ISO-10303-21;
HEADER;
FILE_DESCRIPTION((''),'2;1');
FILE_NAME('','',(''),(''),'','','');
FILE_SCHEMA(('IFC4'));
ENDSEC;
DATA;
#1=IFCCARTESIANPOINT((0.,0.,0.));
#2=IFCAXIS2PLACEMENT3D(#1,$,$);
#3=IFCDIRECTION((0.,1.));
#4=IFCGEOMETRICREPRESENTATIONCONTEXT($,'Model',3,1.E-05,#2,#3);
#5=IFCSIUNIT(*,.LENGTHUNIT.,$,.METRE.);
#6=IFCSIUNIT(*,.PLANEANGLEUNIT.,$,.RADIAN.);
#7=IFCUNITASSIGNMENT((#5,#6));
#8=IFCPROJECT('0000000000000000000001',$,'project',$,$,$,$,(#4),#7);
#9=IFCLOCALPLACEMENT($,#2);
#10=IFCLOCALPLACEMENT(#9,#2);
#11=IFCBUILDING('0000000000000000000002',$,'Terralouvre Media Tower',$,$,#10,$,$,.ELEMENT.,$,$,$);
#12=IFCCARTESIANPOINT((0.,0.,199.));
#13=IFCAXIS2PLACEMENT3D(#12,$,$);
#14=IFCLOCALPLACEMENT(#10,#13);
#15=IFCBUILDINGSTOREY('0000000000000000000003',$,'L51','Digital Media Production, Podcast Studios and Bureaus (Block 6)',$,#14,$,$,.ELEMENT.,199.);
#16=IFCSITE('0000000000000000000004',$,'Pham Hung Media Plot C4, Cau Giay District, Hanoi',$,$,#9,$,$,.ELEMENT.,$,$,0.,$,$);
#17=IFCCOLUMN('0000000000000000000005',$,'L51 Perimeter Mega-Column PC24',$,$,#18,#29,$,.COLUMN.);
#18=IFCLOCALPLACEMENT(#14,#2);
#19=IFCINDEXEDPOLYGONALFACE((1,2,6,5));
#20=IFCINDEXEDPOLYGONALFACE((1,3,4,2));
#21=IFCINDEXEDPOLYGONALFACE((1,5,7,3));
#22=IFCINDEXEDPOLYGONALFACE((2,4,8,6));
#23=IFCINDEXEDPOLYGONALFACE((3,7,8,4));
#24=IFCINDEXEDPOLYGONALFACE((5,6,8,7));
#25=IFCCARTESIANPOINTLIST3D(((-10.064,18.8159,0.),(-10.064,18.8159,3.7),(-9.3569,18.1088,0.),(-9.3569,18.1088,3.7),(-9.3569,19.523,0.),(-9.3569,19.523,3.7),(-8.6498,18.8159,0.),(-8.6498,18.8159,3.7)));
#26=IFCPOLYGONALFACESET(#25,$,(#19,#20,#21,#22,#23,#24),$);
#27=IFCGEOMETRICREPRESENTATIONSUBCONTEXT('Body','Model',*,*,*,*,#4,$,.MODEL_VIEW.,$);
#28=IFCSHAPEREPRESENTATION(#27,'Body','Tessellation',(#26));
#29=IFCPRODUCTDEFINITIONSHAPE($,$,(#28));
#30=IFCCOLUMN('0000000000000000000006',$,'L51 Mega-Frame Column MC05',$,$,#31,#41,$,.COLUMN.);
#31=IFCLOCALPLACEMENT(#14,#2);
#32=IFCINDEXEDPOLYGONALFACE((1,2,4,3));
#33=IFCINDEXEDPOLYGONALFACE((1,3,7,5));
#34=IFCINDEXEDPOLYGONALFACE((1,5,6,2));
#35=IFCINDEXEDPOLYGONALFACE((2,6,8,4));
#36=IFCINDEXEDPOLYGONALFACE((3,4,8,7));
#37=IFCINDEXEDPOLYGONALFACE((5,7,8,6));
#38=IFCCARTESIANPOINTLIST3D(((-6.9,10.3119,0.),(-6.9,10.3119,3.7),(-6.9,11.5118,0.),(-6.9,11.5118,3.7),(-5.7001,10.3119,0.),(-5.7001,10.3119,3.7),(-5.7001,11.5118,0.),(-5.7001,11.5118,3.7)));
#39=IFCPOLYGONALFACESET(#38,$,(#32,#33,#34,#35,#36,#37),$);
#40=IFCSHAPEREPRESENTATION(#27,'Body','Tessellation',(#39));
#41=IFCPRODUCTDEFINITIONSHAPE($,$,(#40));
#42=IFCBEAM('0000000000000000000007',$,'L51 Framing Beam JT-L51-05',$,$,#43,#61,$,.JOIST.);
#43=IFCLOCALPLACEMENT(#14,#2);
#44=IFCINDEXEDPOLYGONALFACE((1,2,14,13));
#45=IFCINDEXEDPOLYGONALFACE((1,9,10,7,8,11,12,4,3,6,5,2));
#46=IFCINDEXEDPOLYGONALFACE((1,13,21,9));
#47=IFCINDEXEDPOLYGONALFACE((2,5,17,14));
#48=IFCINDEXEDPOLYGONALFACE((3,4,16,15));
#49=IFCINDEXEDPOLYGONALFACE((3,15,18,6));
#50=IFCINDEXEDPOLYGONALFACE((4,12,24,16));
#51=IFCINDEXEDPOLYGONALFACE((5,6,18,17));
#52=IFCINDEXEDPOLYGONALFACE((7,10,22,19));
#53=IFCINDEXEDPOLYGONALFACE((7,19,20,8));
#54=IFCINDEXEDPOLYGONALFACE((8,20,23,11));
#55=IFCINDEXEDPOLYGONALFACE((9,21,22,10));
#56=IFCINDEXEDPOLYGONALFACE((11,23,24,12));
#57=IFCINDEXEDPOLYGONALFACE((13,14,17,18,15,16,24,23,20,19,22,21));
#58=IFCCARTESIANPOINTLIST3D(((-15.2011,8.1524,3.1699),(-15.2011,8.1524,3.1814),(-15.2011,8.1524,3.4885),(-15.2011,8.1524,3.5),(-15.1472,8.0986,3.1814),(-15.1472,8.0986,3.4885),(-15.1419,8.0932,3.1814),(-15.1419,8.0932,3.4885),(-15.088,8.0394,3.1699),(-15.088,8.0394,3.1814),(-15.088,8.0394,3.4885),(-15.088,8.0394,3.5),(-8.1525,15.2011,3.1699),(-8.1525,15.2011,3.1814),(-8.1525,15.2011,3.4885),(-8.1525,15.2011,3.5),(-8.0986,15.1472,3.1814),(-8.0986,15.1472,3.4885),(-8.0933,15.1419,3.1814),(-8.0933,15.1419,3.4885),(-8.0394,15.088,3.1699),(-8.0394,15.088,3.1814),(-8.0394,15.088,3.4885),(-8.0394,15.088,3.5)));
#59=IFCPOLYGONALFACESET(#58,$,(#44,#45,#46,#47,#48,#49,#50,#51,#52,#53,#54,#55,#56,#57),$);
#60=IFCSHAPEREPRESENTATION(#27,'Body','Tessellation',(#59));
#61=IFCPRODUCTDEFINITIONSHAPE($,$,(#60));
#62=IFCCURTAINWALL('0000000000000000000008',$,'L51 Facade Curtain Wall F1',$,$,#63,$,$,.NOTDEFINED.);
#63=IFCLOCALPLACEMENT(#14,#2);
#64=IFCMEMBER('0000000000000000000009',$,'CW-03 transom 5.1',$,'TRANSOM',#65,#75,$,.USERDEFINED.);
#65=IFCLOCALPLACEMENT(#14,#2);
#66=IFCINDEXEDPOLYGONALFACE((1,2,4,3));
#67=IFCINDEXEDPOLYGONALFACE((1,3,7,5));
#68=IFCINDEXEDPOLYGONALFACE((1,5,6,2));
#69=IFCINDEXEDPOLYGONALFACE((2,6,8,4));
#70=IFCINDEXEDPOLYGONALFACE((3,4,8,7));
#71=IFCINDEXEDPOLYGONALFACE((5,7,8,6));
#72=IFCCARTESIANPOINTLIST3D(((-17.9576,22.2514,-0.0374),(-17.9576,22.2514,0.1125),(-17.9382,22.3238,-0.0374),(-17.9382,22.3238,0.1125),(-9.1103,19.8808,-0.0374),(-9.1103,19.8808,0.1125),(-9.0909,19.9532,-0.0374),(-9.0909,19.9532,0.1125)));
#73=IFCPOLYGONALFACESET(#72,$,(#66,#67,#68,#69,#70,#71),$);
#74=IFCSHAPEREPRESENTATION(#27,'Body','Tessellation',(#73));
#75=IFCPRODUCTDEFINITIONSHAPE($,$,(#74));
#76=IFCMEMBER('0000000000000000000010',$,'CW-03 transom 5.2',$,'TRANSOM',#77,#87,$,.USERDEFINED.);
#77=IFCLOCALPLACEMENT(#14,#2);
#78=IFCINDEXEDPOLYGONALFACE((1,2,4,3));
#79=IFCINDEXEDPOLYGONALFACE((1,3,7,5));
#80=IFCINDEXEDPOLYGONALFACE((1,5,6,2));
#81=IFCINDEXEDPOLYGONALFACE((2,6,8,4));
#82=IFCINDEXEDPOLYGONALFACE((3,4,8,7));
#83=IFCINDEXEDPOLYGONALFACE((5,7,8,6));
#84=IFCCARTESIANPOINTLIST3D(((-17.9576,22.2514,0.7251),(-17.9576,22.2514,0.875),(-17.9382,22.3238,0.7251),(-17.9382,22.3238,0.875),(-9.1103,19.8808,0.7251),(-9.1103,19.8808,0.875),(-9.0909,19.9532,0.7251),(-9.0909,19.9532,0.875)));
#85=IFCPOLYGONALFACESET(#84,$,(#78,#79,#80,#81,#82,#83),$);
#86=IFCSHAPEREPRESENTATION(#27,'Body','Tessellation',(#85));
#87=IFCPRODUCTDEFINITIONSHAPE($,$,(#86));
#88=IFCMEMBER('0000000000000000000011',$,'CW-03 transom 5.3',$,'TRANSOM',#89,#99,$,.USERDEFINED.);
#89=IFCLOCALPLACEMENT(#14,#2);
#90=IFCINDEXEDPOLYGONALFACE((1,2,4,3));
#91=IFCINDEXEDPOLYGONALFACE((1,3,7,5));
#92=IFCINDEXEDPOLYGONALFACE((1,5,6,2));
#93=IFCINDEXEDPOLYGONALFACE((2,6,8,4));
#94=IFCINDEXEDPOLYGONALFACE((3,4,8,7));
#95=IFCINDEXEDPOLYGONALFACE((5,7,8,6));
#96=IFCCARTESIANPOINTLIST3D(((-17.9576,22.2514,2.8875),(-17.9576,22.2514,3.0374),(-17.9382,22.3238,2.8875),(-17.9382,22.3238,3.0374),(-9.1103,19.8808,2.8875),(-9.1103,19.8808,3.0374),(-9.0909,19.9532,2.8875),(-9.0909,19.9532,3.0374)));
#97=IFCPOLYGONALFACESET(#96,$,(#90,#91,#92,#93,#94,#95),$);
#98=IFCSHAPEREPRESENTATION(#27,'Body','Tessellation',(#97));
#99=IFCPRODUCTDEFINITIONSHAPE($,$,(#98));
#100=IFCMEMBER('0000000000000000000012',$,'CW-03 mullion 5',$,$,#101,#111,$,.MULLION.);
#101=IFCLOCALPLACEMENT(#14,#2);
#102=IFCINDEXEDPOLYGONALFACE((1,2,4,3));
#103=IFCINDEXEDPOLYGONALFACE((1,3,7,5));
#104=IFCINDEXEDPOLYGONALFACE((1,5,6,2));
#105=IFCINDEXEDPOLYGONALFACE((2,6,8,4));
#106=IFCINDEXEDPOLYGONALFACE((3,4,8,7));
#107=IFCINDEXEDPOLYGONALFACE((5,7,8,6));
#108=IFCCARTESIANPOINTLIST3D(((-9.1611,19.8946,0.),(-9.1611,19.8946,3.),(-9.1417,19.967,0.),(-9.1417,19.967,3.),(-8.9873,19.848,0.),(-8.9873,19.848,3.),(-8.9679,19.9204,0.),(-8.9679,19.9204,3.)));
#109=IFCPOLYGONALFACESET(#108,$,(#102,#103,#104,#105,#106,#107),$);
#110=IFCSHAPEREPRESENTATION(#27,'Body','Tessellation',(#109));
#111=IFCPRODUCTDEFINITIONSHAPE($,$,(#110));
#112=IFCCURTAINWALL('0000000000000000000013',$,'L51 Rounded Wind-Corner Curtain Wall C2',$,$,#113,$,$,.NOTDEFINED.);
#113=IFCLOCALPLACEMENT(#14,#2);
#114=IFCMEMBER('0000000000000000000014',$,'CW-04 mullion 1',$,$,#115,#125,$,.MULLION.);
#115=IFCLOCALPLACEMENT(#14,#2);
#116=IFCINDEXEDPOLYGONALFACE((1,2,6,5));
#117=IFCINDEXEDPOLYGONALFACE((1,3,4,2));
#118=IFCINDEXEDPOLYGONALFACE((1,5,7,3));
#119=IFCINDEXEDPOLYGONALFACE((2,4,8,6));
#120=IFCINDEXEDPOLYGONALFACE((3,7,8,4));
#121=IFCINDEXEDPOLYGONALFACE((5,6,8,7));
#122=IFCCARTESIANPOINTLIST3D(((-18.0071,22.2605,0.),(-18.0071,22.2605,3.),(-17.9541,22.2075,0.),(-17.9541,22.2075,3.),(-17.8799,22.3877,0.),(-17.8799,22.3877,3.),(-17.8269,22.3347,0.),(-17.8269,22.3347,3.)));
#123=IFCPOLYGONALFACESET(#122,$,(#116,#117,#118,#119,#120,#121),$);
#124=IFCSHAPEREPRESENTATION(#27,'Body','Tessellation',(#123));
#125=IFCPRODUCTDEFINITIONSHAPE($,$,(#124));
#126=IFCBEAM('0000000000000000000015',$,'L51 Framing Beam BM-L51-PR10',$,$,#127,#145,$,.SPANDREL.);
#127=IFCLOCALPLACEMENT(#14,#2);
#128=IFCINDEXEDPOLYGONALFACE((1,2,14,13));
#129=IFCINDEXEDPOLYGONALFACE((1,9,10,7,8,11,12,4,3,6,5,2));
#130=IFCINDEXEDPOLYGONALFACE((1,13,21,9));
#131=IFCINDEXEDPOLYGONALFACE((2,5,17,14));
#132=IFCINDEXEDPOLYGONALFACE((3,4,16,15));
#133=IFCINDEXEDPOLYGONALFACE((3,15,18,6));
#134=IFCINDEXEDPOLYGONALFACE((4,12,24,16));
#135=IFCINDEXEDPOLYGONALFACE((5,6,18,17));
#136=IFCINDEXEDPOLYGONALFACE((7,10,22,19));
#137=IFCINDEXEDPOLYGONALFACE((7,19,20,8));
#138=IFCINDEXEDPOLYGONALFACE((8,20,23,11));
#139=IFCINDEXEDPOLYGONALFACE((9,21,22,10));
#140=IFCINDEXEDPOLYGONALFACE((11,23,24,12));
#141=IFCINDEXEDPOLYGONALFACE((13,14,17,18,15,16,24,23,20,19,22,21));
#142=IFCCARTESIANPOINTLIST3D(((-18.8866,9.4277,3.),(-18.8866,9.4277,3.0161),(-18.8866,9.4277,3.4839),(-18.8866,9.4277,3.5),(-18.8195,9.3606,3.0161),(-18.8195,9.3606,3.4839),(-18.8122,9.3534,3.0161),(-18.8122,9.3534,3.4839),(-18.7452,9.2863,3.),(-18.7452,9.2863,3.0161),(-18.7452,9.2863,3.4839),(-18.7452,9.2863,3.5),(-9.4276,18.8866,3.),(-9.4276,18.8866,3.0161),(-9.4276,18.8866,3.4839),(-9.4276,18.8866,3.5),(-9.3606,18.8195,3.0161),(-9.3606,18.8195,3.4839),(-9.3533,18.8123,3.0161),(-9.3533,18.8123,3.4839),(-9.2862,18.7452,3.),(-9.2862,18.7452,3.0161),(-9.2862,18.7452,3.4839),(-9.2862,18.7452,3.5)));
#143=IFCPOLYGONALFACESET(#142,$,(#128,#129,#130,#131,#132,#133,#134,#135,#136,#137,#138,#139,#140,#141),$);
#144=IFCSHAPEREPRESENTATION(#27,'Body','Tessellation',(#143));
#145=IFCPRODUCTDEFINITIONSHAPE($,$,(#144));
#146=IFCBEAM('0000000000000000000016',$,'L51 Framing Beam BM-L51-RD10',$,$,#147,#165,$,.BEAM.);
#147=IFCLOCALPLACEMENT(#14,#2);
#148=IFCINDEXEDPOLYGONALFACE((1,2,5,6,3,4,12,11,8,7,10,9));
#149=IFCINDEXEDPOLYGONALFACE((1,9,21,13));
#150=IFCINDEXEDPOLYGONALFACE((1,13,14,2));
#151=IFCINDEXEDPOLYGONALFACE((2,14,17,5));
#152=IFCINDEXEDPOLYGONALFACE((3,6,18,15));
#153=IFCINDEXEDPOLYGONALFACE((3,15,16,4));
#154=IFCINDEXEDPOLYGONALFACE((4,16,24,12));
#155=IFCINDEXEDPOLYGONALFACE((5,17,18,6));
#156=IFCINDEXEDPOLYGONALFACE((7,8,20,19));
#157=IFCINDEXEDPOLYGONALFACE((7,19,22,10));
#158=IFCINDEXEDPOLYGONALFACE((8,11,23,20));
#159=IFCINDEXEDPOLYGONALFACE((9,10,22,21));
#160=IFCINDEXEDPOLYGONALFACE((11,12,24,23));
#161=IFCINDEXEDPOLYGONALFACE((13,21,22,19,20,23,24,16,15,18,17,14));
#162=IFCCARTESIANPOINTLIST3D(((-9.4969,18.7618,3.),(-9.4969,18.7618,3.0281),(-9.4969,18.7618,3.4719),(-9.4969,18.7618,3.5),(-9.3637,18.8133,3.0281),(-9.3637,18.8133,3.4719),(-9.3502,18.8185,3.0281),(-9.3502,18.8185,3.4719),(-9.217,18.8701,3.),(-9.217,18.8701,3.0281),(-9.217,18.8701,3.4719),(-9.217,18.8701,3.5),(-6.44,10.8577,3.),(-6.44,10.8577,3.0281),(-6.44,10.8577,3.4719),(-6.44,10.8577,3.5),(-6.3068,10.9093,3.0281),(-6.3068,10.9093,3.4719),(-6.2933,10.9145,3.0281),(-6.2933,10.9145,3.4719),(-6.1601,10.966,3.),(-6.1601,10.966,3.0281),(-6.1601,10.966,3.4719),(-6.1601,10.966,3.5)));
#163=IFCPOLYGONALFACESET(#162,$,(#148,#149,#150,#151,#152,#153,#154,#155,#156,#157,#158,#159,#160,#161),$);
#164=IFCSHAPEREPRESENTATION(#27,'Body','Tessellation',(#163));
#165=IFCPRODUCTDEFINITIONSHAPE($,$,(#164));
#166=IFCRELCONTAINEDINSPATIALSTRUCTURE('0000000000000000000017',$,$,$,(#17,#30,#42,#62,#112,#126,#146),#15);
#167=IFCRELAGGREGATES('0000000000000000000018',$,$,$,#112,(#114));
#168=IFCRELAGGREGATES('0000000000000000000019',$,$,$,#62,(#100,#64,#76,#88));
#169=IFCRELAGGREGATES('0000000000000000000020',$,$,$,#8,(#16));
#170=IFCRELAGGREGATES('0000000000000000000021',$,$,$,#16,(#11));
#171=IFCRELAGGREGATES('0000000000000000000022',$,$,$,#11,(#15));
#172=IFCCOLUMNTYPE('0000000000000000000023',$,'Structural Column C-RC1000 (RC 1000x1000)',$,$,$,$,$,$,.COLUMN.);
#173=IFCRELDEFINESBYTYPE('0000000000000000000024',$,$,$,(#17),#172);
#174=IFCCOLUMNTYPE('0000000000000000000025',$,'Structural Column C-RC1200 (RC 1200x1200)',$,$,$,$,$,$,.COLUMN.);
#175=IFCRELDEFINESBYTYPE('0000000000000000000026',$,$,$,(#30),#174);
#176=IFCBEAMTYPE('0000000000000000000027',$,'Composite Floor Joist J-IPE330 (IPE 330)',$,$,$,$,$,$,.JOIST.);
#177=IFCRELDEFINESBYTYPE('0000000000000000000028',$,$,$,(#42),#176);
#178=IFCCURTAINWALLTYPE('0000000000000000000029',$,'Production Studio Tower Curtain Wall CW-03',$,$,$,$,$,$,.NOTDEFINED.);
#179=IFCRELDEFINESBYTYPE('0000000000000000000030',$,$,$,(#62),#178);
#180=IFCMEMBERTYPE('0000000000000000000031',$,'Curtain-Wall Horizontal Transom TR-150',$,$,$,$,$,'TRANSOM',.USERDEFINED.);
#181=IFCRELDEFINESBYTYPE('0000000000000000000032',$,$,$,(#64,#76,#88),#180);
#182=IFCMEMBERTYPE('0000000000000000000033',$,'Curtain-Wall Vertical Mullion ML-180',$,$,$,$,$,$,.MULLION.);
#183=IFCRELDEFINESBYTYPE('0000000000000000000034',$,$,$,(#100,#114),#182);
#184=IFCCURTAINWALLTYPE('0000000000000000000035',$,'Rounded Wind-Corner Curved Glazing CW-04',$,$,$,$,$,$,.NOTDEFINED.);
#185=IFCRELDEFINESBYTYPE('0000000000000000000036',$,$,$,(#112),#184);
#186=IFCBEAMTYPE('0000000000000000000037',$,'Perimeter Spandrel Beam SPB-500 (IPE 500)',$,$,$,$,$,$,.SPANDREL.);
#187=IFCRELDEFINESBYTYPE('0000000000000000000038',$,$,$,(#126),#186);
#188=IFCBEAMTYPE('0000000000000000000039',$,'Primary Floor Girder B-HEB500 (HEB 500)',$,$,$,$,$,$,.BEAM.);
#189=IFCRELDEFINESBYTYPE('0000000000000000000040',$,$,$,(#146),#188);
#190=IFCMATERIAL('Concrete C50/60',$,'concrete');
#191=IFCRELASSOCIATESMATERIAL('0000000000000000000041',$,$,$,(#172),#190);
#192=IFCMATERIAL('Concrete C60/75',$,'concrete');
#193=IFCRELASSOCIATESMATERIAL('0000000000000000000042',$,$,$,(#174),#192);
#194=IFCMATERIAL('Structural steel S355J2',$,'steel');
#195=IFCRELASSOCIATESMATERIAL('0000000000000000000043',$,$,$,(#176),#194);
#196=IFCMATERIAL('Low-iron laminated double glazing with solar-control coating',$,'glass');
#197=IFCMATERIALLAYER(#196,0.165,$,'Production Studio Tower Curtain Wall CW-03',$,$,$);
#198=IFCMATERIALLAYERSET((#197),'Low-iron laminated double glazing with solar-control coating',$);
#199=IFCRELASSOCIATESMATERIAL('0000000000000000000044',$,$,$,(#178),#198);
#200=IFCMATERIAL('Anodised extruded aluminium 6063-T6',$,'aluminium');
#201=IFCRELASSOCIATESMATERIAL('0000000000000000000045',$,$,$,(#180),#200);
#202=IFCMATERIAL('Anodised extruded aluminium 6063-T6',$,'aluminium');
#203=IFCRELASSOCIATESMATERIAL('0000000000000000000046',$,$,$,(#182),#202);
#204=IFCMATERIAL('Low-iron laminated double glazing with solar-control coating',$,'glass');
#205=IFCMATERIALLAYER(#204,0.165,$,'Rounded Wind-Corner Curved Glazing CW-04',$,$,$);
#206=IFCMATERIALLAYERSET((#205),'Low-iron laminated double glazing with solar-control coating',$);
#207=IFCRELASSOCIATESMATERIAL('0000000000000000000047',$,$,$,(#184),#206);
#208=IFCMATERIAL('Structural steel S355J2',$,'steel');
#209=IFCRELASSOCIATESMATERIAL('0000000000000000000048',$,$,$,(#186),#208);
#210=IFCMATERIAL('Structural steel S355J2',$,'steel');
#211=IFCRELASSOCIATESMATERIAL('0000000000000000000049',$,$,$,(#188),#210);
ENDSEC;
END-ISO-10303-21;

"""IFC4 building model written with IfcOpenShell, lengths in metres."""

from ifc_helpers import new_model, si_unit, direction, frame, origin, origin_2d, place, context, subcontext, project, spatial, rectangle, i_section, extrude, material, layer, layer_set, material_profile, profile_set, type_object, element, aggregate, save


model = new_model("IFC4")

# Units and contexts
model_context = context("Model", 3, precision=1e-05, world=origin(), true_north=direction((0.0, 1.0)))
body_context = subcontext(model_context, "Body", "Model", "MODEL_VIEW")
ifc_project = project(units=[si_unit("LENGTHUNIT", "METRE"), si_unit("PLANEANGLEUNIT", "RADIAN")], contexts=[model_context])

# Site, building, storey
site_placement = place(None, origin())
site = spatial("IfcSite", under=ifc_project, at=site_placement, Name="Pham Hung Media Plot C4, Cau Giay District, Hanoi", CompositionType="ELEMENT", RefElevation=0.0)
building_placement = place(site_placement, origin())
building = spatial("IfcBuilding", under=site, at=building_placement, Name="Terralouvre Media Tower", CompositionType="ELEMENT")
storey_placement = place(building_placement, frame((0.0, 0.0, 199.0)))
storey = spatial("IfcBuildingStorey", under=building, at=storey_placement, Name="L51", Description="Digital Media Production, Podcast Studios and Bureaus (Block 6)", CompositionType="ELEMENT", Elevation=199.0)

# Columns
ifc_material_1 = material(Name="Concrete C50/60", Category="concrete")
ifc_material_profile_1 = material_profile(ifc_material_1, rectangle(XDim=1.0, YDim=1.0, at=origin_2d()), Name="RC 1000x1000")
ifc_profile_set_1 = profile_set([ifc_material_profile_1], Name="Concrete C50/60")
column_type_1 = type_object("IfcColumnType", Name="Structural Column C-RC1000 (RC 1000x1000)", PredefinedType="COLUMN", material=ifc_profile_set_1)
column_1_placement = place(storey_placement, frame((-9.3569, 18.8159, 0.0), z_axis=(0.0, 0.0, 1.0), x_axis=(0.707107, 0.707107, 0.0)))
element("IfcColumn", 1, at=column_1_placement, inside=storey, type_object=column_type_1, Name="L51 Perimeter Mega-Column PC24", PredefinedType="COLUMN", context=body_context, shape_type="SweptSolid", body=[
    extrude(rectangle(XDim=1.0, YDim=1.0, at=origin_2d()), origin(), (0.0, 0.0, 1.0), 3.7),
])
ifc_material_2 = material(Name="Concrete C60/75", Category="concrete")
ifc_material_profile_2 = material_profile(ifc_material_2, rectangle(XDim=1.2, YDim=1.2, at=origin_2d()), Name="RC 1200x1200")
ifc_profile_set_2 = profile_set([ifc_material_profile_2], Name="Concrete C60/75")
column_type_2 = type_object("IfcColumnType", Name="Structural Column C-RC1200 (RC 1200x1200)", PredefinedType="COLUMN", material=ifc_profile_set_2)
column_2_placement = place(storey_placement, frame((-6.3, 10.9119, 0.0), z_axis=(0.0, 0.0, 1.0), x_axis=(1.0, 0.0, 0.0)))
element("IfcColumn", 2, at=column_2_placement, inside=storey, type_object=column_type_2, Name="L51 Mega-Frame Column MC05", PredefinedType="COLUMN", context=body_context, shape_type="SweptSolid", body=[
    extrude(rectangle(XDim=1.2, YDim=1.2, at=origin_2d()), origin(), (0.0, 0.0, 1.0), 3.7),
])

# Beam
ifc_material_3 = material(Name="Structural steel S355J2", Category="steel")
ifc_material_profile_3 = material_profile(ifc_material_3, i_section(OverallWidth=0.1599, OverallDepth=0.3301, WebThickness=0.0076, FlangeThickness=0.0115, at=origin_2d()), Name="IPE 330")
ifc_profile_set_3 = profile_set([ifc_material_profile_3], Name="Structural steel S355J2")
beam_type_1 = type_object("IfcBeamType", Name="Composite Floor Joist J-IPE330 (IPE 330)", PredefinedType="JOIST", material=ifc_profile_set_3)
beam_1_placement = place(storey_placement, frame((-8.0959, 15.1445, 3.335), z_axis=(-0.707107, -0.707107, 0.0), x_axis=(0.707107, -0.707107, 0.0)))
element("IfcBeam", 3, at=beam_1_placement, inside=storey, type_object=beam_type_1, Name="L51 Framing Beam JT-L51-05", PredefinedType="JOIST", context=body_context, shape_type="SweptSolid", body=[
    extrude(i_section(OverallWidth=0.1599, OverallDepth=0.3301, WebThickness=0.0076, FlangeThickness=0.0115, at=origin_2d()), origin(), (0.0, 0.0, 1.0), 9.9683),
])

# Curtain wall, members
ifc_material_4 = material(Name="Low-iron laminated double glazing with solar-control coating", Category="glass")
ifc_layer_1 = layer(ifc_material_4, 0.165, Name="Production Studio Tower Curtain Wall CW-03")
ifc_layer_set_1 = layer_set([ifc_layer_1], Name="Low-iron laminated double glazing with solar-control coating")
curtain_wall_type_1 = type_object("IfcCurtainWallType", Name="Production Studio Tower Curtain Wall CW-03", PredefinedType="NOTDEFINED", material=ifc_layer_set_1)
curtain_wall_1_placement = place(storey_placement, origin())
curtain_wall_1 = element("IfcCurtainWall", 4, at=curtain_wall_1_placement, inside=storey, type_object=curtain_wall_type_1, Name="L51 Facade Curtain Wall F1", PredefinedType="NOTDEFINED")
ifc_material_5 = material(Name="Anodised extruded aluminium 6063-T6", Category="aluminium")
ifc_material_profile_4 = material_profile(ifc_material_5, rectangle(XDim=0.075, YDim=0.1499, at=origin_2d()), Name="ALU 75x150")
ifc_profile_set_4 = profile_set([ifc_material_profile_4], Name="Anodised extruded aluminium 6063-T6")
member_type_1 = type_object("IfcMemberType", Name="Curtain-Wall Horizontal Transom TR-150", ElementType="TRANSOM", PredefinedType="USERDEFINED", material=ifc_profile_set_4)
member_1_placement = place(storey_placement, frame((-9.1006, 19.917, 0.0376), z_axis=(-0.965927, 0.258814, 0.0), x_axis=(-0.258814, -0.965927, 0.0)))
member_1 = element("IfcMember", 5, at=member_1_placement, type_object=member_type_1, Name="CW-03 transom 5.1", ObjectType="TRANSOM", PredefinedType="USERDEFINED", context=body_context, shape_type="SweptSolid", body=[
    extrude(rectangle(XDim=0.075, YDim=0.1499, at=origin_2d()), origin(), (0.0, 0.0, 1.0), 9.1594),
])
member_2_placement = place(storey_placement, frame((-9.1006, 19.917, 0.8), z_axis=(-0.965927, 0.258814, 0.0), x_axis=(-0.258814, -0.965927, 0.0)))
member_2 = element("IfcMember", 6, at=member_2_placement, type_object=member_type_1, Name="CW-03 transom 5.2", ObjectType="TRANSOM", PredefinedType="USERDEFINED", context=body_context, shape_type="SweptSolid", body=[
    extrude(rectangle(XDim=0.075, YDim=0.1499, at=origin_2d()), origin(), (0.0, 0.0, 1.0), 9.1594),
])
member_3_placement = place(storey_placement, frame((-9.1006, 19.917, 2.9624), z_axis=(-0.965927, 0.258814, 0.0), x_axis=(-0.258814, -0.965927, 0.0)))
member_3 = element("IfcMember", 7, at=member_3_placement, type_object=member_type_1, Name="CW-03 transom 5.3", ObjectType="TRANSOM", PredefinedType="USERDEFINED", context=body_context, shape_type="SweptSolid", body=[
    extrude(rectangle(XDim=0.075, YDim=0.1499, at=origin_2d()), origin(), (0.0, 0.0, 1.0), 9.1594),
])
ifc_material_6 = material(Name="Anodised extruded aluminium 6063-T6", Category="aluminium")
ifc_material_profile_5 = material_profile(ifc_material_6, rectangle(XDim=0.075, YDim=0.1799, at=origin_2d()), Name="ALU 75x180")
ifc_profile_set_5 = profile_set([ifc_material_profile_5], Name="Anodised extruded aluminium 6063-T6")
member_type_2 = type_object("IfcMemberType", Name="Curtain-Wall Vertical Mullion ML-180", PredefinedType="MULLION", material=ifc_profile_set_5)
member_4_placement = place(storey_placement, frame((-9.0645, 19.9075, 0.0), z_axis=(0.0, 0.0, 1.0), x_axis=(-0.258819, -0.965926, 0.0)))
member_4 = element("IfcMember", 8, at=member_4_placement, type_object=member_type_2, Name="CW-03 mullion 5", PredefinedType="MULLION", context=body_context, shape_type="SweptSolid", body=[
    extrude(rectangle(XDim=0.075, YDim=0.1799, at=origin_2d()), origin(), (0.0, 0.0, 1.0), 3.0),
])

# Curtain wall, member
ifc_material_7 = material(Name="Low-iron laminated double glazing with solar-control coating", Category="glass")
ifc_layer_2 = layer(ifc_material_7, 0.165, Name="Rounded Wind-Corner Curved Glazing CW-04")
ifc_layer_set_2 = layer_set([ifc_layer_2], Name="Low-iron laminated double glazing with solar-control coating")
curtain_wall_type_2 = type_object("IfcCurtainWallType", Name="Rounded Wind-Corner Curved Glazing CW-04", PredefinedType="NOTDEFINED", material=ifc_layer_set_2)
curtain_wall_2_placement = place(storey_placement, origin())
curtain_wall_2 = element("IfcCurtainWall", 9, at=curtain_wall_2_placement, inside=storey, type_object=curtain_wall_type_2, Name="L51 Rounded Wind-Corner Curtain Wall C2", PredefinedType="NOTDEFINED")
member_5_placement = place(storey_placement, frame((-17.917, 22.2976, 0.0), z_axis=(0.0, 0.0, 1.0), x_axis=(0.707107, -0.707107, 0.0)))
member_5 = element("IfcMember", 10, at=member_5_placement, type_object=member_type_2, Name="CW-04 mullion 1", PredefinedType="MULLION", context=body_context, shape_type="SweptSolid", body=[
    extrude(rectangle(XDim=0.075, YDim=0.1799, at=origin_2d()), origin(), (0.0, 0.0, 1.0), 3.0),
])
aggregate(curtain_wall_2, [member_5])

# Beams
ifc_material_8 = material(Name="Structural steel S355J2", Category="steel")
ifc_material_profile_6 = material_profile(ifc_material_8, i_section(OverallWidth=0.2, OverallDepth=0.5, WebThickness=0.0103, FlangeThickness=0.0161, at=origin_2d()), Name="IPE 500")
ifc_profile_set_6 = profile_set([ifc_material_profile_6], Name="Structural steel S355J2")
beam_type_2 = type_object("IfcBeamType", Name="Perimeter Spandrel Beam SPB-500 (IPE 500)", PredefinedType="SPANDREL", material=ifc_profile_set_6)
beam_2_placement = place(storey_placement, frame((-9.3569, 18.8159, 3.25), z_axis=(-0.707107, -0.707107, 0.0), x_axis=(0.707107, -0.707107, 0.0)))
element("IfcBeam", 11, at=beam_2_placement, inside=storey, type_object=beam_type_2, Name="L51 Framing Beam BM-L51-PR10", PredefinedType="SPANDREL", context=body_context, shape_type="SweptSolid", body=[
    extrude(i_section(OverallWidth=0.2, OverallDepth=0.5, WebThickness=0.0103, FlangeThickness=0.0161, at=origin_2d()), origin(), (0.0, 0.0, 1.0), 13.377),
])
ifc_material_9 = material(Name="Structural steel S355J2", Category="steel")
ifc_material_profile_7 = material_profile(ifc_material_9, i_section(OverallWidth=0.3, OverallDepth=0.5, WebThickness=0.0144, FlangeThickness=0.0281, at=origin_2d()), Name="HEB 500")
ifc_profile_set_7 = profile_set([ifc_material_profile_7], Name="Structural steel S355J2")
beam_type_3 = type_object("IfcBeamType", Name="Primary Floor Girder B-HEB500 (HEB 500)", PredefinedType="BEAM", material=ifc_profile_set_7)
beam_3_placement = place(storey_placement, frame((-6.3, 10.9119, 3.25), z_axis=(-0.360712, 0.932677, 0.0), x_axis=(-0.932677, -0.360712, 0.0)))
element("IfcBeam", 12, at=beam_3_placement, inside=storey, type_object=beam_type_3, Name="L51 Framing Beam BM-L51-RD10", PredefinedType="BEAM", context=body_context, shape_type="SweptSolid", body=[
    extrude(i_section(OverallWidth=0.3, OverallDepth=0.5, WebThickness=0.0144, FlangeThickness=0.0281, at=origin_2d()), origin(), (0.0, 0.0, 1.0), 8.4746),
])

aggregate(curtain_wall_1, [member_4, member_1, member_2, member_3])

save(model, "model.ifc")
